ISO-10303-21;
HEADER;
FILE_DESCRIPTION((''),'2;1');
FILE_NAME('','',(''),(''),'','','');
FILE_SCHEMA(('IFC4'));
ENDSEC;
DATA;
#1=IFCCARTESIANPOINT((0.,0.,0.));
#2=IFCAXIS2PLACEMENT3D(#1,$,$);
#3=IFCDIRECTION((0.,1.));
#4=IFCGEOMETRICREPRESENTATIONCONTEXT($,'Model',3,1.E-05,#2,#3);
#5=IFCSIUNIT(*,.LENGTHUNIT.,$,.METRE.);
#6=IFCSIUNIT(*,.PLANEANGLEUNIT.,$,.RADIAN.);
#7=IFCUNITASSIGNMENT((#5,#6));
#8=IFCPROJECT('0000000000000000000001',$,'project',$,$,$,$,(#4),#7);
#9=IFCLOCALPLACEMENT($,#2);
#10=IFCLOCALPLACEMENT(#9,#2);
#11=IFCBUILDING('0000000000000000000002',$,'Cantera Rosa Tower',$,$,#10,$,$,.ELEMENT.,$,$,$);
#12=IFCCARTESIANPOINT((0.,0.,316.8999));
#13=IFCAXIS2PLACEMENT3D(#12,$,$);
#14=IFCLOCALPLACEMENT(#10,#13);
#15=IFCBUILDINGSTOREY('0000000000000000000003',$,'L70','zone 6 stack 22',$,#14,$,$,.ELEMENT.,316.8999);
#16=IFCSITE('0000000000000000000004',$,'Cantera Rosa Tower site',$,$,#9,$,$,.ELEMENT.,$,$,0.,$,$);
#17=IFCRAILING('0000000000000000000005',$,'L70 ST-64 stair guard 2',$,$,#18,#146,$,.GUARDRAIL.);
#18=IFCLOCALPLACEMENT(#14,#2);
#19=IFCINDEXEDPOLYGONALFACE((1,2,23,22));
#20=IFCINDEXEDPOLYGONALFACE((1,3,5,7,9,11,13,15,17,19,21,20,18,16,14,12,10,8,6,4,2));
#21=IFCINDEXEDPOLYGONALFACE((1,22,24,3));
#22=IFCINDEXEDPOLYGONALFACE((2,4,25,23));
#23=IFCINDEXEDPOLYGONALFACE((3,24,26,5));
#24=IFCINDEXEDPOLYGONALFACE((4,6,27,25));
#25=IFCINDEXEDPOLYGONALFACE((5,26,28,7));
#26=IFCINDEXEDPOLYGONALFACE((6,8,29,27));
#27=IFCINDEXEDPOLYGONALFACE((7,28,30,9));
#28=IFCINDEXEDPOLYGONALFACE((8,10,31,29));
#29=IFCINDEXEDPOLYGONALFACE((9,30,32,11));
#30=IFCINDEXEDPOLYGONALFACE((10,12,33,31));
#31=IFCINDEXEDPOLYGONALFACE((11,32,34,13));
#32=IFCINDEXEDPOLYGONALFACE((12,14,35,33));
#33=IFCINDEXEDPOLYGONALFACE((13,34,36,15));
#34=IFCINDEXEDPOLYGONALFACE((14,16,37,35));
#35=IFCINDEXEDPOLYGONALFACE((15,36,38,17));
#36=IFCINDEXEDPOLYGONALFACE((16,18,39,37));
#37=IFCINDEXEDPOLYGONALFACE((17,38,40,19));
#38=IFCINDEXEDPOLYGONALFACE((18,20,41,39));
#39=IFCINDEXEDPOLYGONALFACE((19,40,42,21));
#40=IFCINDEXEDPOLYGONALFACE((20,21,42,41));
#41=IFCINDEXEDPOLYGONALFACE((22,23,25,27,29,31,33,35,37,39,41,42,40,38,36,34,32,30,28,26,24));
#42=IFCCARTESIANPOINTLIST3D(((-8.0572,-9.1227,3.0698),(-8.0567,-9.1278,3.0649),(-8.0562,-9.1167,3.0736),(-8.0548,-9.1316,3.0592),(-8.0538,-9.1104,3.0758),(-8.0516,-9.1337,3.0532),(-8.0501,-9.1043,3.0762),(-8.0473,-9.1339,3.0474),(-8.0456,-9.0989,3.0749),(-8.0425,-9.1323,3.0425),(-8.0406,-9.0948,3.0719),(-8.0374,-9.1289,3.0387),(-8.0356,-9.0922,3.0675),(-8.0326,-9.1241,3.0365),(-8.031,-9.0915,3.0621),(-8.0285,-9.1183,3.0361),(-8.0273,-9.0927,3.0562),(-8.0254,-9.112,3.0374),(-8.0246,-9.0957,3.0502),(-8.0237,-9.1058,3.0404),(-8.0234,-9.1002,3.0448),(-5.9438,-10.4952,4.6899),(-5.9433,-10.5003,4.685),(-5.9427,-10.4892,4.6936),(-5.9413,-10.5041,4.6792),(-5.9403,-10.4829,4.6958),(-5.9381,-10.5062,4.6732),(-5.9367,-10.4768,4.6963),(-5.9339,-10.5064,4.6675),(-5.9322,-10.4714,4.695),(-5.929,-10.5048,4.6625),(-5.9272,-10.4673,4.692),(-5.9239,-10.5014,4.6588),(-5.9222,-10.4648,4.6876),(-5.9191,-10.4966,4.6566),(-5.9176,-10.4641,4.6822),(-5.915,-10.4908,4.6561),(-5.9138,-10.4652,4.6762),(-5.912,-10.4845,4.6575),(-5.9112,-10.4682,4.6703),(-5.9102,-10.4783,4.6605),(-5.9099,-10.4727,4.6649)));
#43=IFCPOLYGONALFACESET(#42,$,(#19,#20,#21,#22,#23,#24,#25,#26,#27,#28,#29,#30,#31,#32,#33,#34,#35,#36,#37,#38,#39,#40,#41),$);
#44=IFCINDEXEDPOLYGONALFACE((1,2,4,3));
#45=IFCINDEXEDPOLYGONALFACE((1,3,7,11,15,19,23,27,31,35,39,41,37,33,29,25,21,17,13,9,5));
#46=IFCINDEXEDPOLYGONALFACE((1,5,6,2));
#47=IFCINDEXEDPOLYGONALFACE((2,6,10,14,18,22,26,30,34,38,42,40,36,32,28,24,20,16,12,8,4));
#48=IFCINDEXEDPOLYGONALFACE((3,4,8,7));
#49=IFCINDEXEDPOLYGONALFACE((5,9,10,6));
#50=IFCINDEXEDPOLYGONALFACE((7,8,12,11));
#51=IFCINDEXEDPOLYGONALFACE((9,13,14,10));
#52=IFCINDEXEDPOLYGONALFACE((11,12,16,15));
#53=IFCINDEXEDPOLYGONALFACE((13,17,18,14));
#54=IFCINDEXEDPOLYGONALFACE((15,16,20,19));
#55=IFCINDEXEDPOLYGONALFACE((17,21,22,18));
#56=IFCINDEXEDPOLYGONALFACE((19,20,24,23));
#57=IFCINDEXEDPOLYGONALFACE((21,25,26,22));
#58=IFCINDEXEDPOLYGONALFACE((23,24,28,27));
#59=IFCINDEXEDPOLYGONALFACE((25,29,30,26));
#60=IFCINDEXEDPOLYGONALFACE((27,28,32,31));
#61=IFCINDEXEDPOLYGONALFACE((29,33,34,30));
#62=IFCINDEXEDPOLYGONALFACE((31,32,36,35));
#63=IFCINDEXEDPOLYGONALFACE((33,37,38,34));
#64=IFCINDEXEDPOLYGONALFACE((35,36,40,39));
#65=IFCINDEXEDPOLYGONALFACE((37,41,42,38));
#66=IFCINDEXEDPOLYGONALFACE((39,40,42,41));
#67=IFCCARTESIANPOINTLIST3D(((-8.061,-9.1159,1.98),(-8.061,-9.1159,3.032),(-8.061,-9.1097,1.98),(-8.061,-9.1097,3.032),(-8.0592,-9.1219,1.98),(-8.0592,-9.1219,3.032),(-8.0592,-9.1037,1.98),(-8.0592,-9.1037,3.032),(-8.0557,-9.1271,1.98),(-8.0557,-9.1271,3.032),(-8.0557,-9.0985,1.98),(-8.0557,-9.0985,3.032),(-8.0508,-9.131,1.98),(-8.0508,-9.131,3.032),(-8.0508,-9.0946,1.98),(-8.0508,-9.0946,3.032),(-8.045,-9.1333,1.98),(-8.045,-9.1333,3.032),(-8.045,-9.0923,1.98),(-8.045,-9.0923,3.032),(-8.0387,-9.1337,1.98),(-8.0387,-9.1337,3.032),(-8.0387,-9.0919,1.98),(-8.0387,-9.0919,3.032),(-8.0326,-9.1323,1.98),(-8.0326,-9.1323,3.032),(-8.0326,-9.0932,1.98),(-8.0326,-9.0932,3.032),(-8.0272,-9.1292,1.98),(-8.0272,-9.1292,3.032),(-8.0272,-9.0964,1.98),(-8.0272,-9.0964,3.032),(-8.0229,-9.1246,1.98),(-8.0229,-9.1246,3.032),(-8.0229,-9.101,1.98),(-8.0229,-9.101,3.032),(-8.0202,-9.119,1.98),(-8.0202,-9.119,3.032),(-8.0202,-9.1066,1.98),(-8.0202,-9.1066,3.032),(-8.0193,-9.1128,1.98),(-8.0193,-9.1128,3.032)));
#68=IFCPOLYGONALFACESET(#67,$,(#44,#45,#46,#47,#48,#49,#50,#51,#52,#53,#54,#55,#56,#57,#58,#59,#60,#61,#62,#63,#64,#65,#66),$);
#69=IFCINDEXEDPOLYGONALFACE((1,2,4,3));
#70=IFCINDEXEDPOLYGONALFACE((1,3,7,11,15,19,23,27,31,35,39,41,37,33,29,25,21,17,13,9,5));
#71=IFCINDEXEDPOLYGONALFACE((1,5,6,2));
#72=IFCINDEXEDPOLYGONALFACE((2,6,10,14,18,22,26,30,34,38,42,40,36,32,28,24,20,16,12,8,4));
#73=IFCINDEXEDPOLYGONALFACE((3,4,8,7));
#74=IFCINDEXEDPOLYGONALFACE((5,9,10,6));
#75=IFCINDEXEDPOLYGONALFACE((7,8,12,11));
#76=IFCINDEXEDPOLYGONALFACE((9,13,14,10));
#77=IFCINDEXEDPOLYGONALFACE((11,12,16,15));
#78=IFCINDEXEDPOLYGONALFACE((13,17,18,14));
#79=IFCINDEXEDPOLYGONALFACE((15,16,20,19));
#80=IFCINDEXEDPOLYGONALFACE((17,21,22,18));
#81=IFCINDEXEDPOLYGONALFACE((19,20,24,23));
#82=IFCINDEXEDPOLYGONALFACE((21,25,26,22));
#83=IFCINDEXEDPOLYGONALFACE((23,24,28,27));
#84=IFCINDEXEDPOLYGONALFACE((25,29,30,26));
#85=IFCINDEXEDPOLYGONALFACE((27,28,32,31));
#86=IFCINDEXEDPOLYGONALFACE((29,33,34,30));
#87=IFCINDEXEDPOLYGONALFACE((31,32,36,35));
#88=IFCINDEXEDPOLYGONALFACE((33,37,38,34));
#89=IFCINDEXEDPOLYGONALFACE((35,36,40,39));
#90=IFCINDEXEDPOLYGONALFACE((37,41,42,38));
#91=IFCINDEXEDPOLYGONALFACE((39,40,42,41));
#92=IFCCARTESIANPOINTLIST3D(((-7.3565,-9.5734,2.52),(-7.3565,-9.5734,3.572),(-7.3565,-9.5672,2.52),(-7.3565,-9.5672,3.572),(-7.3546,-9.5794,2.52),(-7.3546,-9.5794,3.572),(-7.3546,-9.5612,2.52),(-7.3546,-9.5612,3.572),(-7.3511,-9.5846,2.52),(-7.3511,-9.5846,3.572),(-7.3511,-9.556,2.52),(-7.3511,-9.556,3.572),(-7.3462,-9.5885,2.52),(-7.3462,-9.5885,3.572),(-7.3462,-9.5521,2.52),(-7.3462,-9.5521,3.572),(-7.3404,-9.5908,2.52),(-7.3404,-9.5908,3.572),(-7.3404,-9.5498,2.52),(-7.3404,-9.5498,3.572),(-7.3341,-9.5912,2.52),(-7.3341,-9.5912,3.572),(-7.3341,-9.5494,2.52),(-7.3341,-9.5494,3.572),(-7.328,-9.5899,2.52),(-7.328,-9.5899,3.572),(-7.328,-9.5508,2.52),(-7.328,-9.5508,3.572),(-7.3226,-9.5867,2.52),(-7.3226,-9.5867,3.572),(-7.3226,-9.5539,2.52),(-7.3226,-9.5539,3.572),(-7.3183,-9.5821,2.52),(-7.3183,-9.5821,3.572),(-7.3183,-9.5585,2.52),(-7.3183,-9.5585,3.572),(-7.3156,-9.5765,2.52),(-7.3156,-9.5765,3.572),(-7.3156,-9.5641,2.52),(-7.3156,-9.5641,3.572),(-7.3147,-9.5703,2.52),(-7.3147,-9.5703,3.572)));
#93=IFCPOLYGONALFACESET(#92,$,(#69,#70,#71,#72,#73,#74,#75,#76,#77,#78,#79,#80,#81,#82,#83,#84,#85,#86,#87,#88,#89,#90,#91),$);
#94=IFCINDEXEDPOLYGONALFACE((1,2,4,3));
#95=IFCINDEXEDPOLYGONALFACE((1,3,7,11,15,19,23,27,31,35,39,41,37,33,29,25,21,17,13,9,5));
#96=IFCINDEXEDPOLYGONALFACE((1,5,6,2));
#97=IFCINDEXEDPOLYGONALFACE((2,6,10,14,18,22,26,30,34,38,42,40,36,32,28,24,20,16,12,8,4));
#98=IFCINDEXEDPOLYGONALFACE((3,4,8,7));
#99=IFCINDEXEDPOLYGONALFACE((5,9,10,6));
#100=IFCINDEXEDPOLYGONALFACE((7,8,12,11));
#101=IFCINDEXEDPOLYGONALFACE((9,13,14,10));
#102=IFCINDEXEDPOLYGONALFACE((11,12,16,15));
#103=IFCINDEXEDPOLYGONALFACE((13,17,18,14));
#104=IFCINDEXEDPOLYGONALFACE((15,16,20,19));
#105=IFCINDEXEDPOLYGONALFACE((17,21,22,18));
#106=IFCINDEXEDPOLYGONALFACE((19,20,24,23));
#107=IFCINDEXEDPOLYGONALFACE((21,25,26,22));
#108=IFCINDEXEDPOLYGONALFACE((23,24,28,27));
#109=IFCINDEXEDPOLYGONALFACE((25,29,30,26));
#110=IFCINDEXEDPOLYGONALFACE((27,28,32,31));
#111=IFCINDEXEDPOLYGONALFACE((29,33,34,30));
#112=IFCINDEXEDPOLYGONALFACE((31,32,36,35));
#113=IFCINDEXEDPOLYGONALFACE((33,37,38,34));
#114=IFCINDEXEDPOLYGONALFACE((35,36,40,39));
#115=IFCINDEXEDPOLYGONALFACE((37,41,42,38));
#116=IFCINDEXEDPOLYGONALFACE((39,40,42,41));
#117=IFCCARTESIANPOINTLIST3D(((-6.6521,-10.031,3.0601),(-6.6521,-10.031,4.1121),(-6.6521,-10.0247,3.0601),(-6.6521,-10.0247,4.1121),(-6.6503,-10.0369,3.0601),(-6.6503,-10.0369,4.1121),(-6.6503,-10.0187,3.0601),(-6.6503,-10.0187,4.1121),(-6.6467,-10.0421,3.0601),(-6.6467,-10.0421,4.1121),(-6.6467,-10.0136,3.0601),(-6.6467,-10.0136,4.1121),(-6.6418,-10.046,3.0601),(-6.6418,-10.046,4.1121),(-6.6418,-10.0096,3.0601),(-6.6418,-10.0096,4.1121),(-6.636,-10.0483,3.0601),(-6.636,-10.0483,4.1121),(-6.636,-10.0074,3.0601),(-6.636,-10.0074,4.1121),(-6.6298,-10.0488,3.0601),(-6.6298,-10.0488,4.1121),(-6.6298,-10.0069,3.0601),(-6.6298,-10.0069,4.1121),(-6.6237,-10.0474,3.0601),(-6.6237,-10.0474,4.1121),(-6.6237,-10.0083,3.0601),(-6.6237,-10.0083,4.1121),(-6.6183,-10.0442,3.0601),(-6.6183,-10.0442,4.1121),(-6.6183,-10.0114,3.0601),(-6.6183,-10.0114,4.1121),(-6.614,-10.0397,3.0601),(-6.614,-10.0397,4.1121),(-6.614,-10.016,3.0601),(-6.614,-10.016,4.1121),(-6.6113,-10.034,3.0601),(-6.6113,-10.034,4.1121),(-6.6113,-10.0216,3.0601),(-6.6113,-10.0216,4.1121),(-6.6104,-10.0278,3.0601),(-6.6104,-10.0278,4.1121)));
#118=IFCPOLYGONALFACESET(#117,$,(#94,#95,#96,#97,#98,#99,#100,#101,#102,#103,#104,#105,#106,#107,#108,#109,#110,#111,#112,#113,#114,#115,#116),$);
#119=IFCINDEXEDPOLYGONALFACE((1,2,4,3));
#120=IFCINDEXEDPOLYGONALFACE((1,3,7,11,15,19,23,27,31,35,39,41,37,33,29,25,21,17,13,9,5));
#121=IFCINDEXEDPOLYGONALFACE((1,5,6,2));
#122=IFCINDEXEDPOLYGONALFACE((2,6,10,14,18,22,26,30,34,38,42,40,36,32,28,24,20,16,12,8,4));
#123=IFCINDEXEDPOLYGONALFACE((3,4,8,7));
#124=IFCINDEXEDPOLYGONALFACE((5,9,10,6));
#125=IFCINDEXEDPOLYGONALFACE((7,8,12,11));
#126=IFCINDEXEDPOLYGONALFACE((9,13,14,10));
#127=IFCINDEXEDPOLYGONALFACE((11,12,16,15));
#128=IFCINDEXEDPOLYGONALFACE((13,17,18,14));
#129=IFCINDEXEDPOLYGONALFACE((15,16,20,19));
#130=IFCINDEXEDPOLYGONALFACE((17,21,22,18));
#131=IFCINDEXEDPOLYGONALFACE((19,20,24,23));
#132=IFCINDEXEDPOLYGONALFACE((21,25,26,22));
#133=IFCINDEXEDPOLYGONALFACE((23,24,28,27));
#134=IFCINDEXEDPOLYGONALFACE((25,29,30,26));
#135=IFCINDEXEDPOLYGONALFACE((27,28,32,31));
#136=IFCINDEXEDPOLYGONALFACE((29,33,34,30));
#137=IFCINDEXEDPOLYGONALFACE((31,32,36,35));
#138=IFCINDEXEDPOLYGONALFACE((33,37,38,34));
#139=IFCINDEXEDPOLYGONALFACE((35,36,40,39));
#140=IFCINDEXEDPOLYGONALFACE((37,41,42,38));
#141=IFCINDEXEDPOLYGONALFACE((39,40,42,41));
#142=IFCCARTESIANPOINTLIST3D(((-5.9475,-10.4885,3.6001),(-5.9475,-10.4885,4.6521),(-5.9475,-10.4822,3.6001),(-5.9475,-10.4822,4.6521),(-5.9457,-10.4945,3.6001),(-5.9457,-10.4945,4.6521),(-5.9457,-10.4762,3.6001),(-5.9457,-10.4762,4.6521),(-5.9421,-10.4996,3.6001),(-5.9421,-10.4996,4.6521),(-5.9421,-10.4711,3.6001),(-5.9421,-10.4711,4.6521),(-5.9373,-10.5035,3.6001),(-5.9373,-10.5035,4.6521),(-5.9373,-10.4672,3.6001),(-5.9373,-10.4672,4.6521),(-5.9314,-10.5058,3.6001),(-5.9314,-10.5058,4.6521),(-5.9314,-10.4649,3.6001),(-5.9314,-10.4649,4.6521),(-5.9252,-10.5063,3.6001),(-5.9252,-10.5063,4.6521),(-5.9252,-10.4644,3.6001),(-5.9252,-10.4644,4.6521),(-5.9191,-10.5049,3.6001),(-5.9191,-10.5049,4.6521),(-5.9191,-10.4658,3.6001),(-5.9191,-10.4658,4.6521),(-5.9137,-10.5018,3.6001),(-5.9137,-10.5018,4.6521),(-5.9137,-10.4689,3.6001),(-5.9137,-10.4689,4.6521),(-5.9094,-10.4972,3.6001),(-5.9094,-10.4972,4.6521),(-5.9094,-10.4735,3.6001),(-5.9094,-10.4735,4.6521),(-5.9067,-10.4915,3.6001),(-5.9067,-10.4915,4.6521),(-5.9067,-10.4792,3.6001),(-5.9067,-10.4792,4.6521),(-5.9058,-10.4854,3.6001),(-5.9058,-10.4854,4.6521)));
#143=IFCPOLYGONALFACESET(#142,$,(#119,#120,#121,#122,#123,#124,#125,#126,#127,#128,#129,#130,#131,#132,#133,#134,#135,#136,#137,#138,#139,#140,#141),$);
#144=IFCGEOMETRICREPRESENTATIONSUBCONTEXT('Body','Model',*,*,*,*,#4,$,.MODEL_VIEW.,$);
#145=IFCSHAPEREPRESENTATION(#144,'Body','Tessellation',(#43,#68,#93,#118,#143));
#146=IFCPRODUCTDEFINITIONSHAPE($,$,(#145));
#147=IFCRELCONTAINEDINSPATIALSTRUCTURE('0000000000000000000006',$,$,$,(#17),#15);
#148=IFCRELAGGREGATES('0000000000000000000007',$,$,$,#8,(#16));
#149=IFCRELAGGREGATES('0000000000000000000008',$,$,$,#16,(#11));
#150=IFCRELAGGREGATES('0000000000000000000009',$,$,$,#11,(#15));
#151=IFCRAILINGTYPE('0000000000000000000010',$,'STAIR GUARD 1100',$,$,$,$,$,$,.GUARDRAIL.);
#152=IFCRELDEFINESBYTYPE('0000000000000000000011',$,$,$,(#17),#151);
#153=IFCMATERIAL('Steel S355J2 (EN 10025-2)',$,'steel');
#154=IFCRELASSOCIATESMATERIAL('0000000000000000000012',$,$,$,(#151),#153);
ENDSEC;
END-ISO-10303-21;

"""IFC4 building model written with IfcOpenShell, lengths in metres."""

from ifc_helpers import new_model, si_unit, direction, frame, origin, origin_2d, place, context, subcontext, project, spatial, circle, extrude, material, type_object, element, save


model = new_model("IFC4")

# Units and contexts
model_context = context("Model", 3, precision=1e-05, world=origin(), true_north=direction((0.0, 1.0)))
body_context = subcontext(model_context, "Body", "Model", "MODEL_VIEW")
ifc_project = project(units=[si_unit("LENGTHUNIT", "METRE"), si_unit("PLANEANGLEUNIT", "RADIAN")], contexts=[model_context])

# Site, building, storey
site_placement = place(None, origin())
site = spatial("IfcSite", under=ifc_project, at=site_placement, Name="Cantera Rosa Tower site", CompositionType="ELEMENT", RefElevation=0.0)
building_placement = place(site_placement, origin())
building = spatial("IfcBuilding", under=site, at=building_placement, Name="Cantera Rosa Tower", CompositionType="ELEMENT")
storey_placement = place(building_placement, frame((0.0, 0.0, 316.8999)))
storey = spatial("IfcBuildingStorey", under=building, at=storey_placement, Name="L70", Description="zone 6 stack 22", CompositionType="ELEMENT", Elevation=316.8999)

# Railing
ifc_material_1 = material(Name="Steel S355J2 (EN 10025-2)", Category="steel")
railing_type_1 = type_object("IfcRailingType", Name="STAIR GUARD 1100", PredefinedType="GUARDRAIL", material=ifc_material_1)
railing_1_placement = place(storey_placement, frame((-8.0403, -9.1128, 1.98)))
element("IfcRailing", 1, at=railing_1_placement, inside=storey, type_object=railing_type_1, Name="L70 ST-64 stair guard 2", PredefinedType="GUARDRAIL", context=body_context, shape_type="SweptSolid", body=[
    extrude(circle(Radius=0.0239, at=origin_2d()), frame((0.0, 0.0, 1.0762), z_axis=(0.705462, -0.458139, 0.54077), x_axis=(0.544644, 0.838667, 0.0)), (0.0, 0.0, 1.0), 2.9958),
    extrude(circle(Radius=0.021, at=origin_2d()), origin(), (0.0, 0.0, 1.0), 1.052),
    extrude(circle(Radius=0.021, at=origin_2d()), frame((0.7046, -0.4575, 0.54)), (0.0, 0.0, 1.0), 1.052),
    extrude(circle(Radius=0.021, at=origin_2d()), frame((1.4089, -0.915, 1.0801)), (0.0, 0.0, 1.0), 1.052),
    extrude(circle(Radius=0.021, at=origin_2d()), frame((2.1135, -1.3726, 1.6201)), (0.0, 0.0, 1.0), 1.052),
])

save(model, "model.ifc")
